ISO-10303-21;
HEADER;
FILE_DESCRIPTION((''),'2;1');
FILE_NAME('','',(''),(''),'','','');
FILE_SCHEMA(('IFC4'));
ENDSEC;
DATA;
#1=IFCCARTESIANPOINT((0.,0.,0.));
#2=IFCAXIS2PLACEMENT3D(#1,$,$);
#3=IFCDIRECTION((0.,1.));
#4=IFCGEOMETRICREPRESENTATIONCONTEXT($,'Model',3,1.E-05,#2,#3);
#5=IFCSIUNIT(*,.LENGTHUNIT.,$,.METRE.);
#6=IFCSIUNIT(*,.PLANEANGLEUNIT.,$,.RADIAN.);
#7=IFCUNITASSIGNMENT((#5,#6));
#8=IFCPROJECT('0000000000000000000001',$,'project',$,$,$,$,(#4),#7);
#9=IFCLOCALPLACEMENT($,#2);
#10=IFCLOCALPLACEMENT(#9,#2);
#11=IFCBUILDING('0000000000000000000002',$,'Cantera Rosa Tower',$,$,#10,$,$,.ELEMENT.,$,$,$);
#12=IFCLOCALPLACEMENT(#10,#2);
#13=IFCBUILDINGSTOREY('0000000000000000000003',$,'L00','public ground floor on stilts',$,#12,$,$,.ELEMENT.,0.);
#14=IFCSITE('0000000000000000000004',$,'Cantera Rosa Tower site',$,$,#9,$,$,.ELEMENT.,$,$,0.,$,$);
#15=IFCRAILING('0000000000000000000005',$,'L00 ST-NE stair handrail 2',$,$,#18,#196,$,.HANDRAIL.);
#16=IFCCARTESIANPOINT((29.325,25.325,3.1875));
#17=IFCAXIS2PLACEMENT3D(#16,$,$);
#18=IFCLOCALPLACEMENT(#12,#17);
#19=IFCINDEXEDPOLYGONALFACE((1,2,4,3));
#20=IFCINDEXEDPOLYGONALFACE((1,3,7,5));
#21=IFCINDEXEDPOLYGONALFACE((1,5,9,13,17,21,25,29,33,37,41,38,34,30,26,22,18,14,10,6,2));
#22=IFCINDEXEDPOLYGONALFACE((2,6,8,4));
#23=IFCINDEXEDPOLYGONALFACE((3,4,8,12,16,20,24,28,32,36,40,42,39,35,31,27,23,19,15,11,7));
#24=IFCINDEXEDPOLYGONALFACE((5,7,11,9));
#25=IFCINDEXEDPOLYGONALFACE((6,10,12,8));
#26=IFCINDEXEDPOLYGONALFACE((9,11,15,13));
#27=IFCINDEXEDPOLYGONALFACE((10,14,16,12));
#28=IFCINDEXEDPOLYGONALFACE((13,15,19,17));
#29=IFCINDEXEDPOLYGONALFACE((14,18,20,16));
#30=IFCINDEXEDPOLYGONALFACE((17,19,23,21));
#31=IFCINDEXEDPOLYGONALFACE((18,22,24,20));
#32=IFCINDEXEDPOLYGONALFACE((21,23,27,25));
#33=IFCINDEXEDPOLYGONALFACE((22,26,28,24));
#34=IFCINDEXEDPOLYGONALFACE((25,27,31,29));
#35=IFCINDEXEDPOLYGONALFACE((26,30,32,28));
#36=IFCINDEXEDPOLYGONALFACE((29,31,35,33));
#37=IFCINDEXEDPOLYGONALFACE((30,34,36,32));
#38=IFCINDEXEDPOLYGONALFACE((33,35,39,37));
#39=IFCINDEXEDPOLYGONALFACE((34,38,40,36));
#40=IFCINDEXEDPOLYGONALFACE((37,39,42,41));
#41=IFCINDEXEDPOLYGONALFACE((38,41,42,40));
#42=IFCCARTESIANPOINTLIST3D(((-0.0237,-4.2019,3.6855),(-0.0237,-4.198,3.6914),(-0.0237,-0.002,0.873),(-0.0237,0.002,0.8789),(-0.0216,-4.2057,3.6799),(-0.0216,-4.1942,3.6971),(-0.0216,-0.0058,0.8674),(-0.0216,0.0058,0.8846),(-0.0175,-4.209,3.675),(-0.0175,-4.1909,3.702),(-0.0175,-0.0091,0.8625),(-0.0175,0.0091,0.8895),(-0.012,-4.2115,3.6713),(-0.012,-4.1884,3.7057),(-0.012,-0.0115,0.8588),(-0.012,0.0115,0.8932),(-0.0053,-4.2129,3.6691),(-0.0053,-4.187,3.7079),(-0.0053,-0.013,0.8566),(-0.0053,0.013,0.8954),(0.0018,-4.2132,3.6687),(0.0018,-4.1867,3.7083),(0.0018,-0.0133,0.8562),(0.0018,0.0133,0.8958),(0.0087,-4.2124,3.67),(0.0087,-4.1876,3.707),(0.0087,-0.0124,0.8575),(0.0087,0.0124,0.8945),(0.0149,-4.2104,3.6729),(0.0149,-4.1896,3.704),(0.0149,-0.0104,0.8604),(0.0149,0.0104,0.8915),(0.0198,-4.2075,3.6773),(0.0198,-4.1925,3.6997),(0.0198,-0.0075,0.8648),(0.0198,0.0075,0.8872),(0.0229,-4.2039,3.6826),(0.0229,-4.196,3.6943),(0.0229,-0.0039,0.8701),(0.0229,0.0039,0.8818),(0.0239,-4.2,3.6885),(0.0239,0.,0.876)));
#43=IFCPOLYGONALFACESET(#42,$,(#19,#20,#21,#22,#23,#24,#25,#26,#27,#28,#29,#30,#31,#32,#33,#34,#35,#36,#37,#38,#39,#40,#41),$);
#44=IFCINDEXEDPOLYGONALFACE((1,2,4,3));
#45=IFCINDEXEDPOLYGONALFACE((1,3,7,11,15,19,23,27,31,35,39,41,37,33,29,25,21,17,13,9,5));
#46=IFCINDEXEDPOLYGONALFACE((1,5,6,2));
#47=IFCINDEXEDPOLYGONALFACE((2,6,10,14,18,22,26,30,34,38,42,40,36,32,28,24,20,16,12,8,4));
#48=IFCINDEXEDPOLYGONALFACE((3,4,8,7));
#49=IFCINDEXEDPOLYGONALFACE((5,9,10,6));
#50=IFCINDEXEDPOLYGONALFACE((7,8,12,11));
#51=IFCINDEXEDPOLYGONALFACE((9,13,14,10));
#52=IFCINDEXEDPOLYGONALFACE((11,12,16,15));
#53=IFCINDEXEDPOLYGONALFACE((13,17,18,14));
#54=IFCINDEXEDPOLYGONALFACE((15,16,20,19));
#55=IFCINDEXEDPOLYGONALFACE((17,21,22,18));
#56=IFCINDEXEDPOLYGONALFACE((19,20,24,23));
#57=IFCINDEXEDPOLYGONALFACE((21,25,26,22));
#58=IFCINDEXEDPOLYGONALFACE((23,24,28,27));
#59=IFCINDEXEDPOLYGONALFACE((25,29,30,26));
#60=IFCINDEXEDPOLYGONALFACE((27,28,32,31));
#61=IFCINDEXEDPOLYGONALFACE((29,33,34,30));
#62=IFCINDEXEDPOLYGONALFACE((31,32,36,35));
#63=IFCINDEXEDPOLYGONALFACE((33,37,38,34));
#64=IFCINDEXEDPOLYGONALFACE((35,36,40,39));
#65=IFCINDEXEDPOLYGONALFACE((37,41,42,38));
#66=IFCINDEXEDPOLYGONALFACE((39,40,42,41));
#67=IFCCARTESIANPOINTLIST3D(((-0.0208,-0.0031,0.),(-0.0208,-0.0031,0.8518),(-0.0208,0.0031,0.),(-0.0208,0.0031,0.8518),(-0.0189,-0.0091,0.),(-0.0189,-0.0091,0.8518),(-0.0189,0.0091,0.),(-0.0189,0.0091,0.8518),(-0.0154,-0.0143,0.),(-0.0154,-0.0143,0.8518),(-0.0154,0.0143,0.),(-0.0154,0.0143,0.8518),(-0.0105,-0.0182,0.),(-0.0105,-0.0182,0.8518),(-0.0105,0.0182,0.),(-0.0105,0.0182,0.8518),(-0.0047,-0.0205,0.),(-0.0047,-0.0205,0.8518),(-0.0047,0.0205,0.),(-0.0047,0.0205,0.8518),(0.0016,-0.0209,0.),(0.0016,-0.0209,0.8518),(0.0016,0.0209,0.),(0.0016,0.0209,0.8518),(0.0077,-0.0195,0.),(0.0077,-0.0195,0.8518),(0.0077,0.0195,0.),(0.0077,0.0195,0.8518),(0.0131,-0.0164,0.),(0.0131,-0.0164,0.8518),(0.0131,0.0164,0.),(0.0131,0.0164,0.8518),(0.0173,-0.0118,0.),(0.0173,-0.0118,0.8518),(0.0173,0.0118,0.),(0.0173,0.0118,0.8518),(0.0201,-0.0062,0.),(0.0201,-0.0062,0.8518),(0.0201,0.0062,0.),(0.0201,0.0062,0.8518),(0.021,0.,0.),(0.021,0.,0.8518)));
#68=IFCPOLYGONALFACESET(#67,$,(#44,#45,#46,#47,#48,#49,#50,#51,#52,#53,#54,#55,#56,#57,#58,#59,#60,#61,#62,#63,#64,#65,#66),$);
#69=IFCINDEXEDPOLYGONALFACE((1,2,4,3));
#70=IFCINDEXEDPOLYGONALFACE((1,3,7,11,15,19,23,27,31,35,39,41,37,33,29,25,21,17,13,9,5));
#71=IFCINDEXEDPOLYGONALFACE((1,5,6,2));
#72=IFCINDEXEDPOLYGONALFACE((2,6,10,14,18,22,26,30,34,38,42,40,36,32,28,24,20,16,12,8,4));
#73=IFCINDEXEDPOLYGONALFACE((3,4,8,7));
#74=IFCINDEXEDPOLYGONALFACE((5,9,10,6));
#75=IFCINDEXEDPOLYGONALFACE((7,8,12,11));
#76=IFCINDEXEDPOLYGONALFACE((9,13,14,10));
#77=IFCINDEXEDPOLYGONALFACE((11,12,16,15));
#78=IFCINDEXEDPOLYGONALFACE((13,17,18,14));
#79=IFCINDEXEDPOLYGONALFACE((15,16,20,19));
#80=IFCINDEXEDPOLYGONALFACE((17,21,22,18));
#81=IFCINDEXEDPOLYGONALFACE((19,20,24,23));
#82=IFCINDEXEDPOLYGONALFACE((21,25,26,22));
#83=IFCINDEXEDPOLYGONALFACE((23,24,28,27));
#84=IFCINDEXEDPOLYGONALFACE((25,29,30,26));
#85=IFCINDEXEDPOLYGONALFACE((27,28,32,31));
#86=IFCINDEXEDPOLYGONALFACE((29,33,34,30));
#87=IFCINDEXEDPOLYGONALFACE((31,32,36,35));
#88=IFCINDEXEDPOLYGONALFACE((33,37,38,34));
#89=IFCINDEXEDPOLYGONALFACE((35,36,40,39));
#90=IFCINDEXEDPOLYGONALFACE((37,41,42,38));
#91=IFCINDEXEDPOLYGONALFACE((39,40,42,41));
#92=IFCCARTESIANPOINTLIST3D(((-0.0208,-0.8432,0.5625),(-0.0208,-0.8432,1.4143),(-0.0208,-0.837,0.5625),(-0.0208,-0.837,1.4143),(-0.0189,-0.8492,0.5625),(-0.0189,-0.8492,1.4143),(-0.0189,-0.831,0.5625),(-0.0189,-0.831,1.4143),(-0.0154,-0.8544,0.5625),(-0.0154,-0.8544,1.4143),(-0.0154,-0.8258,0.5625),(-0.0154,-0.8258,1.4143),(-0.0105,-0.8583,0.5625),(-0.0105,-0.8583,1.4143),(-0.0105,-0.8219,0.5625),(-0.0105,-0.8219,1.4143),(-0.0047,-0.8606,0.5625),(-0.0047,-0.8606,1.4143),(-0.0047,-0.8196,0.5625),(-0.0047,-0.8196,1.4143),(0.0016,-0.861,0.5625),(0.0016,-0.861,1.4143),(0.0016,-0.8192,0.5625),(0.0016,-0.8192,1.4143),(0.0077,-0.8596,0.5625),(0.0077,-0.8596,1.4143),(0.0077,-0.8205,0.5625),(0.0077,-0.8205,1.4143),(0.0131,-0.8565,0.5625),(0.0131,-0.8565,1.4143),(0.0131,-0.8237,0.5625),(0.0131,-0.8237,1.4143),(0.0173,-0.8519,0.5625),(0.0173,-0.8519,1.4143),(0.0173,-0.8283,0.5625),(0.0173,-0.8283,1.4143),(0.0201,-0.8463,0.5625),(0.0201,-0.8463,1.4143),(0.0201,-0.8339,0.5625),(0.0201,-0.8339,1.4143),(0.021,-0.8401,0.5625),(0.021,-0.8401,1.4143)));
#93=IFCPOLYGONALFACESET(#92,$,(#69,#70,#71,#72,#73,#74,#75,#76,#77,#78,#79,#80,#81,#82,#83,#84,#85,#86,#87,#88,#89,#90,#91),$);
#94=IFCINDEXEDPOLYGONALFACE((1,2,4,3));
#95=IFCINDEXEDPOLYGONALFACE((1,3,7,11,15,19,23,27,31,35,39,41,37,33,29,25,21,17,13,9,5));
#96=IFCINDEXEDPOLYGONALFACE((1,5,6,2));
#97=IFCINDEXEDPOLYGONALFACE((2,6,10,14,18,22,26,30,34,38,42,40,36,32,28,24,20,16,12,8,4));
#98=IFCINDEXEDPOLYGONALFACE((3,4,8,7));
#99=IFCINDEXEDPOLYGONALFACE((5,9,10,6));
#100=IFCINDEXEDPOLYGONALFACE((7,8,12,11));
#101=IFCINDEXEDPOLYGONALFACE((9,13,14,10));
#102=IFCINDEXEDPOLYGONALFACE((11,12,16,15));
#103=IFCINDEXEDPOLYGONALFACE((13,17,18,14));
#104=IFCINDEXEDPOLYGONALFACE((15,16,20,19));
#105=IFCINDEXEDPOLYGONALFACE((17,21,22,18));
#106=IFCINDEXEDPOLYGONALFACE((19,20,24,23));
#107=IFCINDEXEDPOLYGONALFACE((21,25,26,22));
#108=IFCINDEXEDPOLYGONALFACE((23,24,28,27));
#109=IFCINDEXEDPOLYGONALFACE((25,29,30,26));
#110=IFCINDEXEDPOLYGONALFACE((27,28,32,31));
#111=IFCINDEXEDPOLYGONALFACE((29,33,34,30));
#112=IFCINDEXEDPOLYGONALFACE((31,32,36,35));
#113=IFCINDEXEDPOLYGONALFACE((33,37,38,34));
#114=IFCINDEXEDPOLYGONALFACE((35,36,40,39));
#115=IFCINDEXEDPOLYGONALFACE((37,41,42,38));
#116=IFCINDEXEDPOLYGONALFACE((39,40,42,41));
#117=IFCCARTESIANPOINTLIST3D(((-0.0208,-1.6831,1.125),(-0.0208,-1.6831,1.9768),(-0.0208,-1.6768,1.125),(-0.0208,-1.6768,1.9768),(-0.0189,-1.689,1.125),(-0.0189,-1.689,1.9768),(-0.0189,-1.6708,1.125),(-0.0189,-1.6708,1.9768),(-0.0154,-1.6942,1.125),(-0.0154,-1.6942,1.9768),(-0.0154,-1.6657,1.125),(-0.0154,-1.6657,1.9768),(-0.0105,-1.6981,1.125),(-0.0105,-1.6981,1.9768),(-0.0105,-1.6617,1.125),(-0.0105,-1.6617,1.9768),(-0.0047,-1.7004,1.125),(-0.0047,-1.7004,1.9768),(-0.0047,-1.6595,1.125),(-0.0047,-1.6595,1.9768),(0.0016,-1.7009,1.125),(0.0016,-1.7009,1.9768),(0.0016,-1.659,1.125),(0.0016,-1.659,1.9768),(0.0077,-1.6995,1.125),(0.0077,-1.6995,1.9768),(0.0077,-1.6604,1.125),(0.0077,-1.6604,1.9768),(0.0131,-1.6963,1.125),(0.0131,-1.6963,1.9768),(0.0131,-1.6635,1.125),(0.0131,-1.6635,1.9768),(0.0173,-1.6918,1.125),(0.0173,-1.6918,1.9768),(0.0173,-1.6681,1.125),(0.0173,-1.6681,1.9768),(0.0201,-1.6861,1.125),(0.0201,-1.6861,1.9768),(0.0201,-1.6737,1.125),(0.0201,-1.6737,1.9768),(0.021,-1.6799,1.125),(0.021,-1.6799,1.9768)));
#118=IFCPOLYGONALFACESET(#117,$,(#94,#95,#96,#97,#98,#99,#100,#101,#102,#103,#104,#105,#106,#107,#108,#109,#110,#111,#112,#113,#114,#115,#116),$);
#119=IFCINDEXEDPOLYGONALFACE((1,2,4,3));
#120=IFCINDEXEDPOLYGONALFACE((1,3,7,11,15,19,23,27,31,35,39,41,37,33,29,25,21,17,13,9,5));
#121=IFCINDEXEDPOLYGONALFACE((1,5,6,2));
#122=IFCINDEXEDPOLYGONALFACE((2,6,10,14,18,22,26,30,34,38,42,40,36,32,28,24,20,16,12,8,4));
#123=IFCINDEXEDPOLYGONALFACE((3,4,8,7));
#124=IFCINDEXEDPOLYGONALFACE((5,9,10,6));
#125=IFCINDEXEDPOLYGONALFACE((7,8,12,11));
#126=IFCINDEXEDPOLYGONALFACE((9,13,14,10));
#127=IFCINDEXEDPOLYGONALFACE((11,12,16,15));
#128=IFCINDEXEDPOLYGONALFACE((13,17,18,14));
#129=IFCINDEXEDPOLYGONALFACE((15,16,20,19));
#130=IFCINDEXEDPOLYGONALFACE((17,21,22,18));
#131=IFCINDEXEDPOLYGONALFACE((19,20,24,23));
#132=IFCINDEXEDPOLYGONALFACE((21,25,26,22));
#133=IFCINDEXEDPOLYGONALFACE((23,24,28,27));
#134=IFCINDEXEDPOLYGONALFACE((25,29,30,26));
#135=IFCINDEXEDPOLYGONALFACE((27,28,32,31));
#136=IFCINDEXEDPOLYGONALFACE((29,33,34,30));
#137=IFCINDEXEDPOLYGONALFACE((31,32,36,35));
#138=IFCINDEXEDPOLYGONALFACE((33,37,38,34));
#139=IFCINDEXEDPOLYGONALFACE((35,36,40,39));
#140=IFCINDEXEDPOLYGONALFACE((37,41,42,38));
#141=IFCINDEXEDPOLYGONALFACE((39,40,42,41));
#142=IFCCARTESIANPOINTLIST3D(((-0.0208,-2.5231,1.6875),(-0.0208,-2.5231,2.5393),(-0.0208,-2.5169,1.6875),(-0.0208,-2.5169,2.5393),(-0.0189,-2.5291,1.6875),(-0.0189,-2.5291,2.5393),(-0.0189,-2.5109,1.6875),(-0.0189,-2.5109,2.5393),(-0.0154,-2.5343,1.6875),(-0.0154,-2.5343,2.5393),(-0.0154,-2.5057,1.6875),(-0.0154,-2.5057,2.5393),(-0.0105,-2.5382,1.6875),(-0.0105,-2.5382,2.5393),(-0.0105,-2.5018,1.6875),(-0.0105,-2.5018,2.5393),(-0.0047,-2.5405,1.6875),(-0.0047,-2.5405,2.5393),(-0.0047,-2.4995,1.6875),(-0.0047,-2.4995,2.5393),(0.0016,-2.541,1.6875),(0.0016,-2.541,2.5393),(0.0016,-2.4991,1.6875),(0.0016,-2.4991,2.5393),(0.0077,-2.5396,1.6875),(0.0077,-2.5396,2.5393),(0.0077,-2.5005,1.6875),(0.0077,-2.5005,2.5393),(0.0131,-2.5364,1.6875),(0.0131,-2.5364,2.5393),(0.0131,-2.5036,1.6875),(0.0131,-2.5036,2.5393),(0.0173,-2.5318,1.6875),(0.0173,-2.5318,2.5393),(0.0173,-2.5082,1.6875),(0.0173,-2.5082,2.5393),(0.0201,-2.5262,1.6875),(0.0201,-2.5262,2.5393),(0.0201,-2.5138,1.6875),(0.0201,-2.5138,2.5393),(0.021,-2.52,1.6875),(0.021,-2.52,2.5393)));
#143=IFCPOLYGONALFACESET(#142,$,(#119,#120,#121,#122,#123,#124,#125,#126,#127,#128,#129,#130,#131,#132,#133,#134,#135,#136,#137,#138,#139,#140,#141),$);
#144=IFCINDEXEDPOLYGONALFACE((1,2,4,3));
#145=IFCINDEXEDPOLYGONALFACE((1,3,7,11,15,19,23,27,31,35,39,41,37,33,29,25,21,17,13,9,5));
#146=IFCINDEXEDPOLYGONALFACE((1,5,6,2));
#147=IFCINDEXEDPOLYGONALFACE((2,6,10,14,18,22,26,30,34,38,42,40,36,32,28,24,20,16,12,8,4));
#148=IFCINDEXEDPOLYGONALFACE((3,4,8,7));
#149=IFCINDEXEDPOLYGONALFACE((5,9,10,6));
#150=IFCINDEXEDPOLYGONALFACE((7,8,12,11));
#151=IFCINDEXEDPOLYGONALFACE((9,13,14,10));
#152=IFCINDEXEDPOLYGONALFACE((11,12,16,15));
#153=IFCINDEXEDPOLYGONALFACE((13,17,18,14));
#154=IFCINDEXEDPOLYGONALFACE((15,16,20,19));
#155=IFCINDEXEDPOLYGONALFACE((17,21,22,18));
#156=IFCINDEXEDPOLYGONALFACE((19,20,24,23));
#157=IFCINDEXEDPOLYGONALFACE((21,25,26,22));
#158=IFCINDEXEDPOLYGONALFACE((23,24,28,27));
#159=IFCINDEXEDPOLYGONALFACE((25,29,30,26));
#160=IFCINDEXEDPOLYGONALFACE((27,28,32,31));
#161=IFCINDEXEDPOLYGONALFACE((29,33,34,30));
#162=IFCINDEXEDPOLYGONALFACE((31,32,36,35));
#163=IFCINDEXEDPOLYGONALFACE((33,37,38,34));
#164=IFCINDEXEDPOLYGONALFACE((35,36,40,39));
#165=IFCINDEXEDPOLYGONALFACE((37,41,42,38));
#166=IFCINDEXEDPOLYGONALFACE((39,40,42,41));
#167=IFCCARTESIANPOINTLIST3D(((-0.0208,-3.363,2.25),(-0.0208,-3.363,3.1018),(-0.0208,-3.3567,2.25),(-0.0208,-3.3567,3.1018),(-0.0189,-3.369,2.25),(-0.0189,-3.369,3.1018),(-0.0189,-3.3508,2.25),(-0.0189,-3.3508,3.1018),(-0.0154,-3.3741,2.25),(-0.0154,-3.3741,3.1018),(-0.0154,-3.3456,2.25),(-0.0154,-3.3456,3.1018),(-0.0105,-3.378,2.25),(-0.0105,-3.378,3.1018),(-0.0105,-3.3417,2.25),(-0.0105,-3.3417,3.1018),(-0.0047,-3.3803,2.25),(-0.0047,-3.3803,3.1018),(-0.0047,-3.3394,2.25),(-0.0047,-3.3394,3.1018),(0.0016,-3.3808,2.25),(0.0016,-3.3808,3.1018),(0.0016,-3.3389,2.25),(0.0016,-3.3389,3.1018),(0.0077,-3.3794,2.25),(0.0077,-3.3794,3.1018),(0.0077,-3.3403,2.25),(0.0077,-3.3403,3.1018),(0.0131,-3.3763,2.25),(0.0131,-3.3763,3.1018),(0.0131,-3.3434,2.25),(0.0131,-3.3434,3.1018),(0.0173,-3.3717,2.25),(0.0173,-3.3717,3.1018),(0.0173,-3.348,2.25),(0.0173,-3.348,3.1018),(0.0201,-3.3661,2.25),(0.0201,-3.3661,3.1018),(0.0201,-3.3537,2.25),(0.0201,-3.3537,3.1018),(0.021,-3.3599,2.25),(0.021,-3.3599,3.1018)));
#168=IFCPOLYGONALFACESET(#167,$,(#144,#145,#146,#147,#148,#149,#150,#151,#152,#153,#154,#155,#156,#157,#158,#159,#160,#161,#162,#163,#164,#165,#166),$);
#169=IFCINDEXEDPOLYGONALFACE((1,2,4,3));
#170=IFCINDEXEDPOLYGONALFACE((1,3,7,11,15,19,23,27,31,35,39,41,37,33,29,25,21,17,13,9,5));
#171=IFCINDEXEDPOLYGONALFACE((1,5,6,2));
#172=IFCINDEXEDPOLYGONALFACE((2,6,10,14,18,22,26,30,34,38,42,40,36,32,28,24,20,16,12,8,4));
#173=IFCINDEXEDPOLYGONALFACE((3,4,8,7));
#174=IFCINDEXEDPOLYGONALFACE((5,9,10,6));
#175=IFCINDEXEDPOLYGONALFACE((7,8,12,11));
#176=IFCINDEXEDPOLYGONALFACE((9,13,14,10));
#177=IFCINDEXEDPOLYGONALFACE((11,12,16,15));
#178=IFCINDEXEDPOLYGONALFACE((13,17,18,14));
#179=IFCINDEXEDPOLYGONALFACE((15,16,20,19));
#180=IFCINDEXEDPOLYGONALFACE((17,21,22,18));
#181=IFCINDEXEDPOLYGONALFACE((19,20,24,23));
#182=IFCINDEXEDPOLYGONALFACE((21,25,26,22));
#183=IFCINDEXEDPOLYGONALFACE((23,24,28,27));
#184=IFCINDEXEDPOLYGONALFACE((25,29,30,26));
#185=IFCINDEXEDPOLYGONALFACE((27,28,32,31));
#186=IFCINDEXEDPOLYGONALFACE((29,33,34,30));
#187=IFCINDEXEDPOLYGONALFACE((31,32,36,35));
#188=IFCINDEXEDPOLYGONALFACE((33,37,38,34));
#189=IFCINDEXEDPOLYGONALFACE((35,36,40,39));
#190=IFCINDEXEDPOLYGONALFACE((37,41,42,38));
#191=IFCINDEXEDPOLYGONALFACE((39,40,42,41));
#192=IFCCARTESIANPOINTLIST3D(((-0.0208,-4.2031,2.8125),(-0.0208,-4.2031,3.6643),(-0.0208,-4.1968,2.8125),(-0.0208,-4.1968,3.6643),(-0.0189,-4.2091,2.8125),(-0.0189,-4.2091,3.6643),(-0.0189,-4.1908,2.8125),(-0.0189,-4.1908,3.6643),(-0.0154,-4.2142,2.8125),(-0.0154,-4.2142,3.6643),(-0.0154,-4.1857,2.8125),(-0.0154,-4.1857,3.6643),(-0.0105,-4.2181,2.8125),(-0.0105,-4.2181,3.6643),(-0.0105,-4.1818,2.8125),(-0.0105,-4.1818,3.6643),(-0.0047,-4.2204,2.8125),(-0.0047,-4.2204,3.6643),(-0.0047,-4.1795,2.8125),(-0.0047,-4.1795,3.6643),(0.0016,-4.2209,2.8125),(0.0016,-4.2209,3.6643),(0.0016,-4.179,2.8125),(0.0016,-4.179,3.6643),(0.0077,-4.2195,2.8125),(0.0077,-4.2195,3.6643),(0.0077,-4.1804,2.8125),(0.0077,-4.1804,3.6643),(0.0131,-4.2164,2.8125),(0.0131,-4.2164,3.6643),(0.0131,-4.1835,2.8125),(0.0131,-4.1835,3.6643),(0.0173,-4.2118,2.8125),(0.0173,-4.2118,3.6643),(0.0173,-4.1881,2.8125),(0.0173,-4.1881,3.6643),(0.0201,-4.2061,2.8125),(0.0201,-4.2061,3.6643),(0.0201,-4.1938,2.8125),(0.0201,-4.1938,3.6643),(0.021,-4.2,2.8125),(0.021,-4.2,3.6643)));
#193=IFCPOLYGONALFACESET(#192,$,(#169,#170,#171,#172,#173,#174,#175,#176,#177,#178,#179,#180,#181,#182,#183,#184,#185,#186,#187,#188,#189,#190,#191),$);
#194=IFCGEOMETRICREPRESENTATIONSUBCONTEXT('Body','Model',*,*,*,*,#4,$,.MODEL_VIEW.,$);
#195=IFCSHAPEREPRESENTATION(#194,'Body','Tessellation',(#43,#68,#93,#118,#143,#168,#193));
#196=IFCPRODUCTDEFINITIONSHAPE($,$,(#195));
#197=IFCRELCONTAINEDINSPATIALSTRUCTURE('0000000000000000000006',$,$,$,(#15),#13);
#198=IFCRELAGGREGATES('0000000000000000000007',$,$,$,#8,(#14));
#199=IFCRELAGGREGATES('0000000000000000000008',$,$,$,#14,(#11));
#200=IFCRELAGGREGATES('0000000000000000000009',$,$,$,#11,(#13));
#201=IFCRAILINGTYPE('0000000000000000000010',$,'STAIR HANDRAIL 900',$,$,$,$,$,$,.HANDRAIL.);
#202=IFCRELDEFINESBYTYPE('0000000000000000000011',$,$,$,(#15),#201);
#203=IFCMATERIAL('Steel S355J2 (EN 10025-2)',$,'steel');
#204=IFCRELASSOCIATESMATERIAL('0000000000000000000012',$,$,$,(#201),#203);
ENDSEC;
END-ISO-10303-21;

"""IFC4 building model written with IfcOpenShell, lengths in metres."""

from ifc_helpers import new_model, si_unit, direction, frame, origin, origin_2d, place, context, subcontext, project, spatial, circle, extrude, material, type_object, element, save


model = new_model("IFC4")

# Units and contexts
model_context = context("Model", 3, precision=1e-05, world=origin(), true_north=direction((0.0, 1.0)))
body_context = subcontext(model_context, "Body", "Model", "MODEL_VIEW")
ifc_project = project(units=[si_unit("LENGTHUNIT", "METRE"), si_unit("PLANEANGLEUNIT", "RADIAN")], contexts=[model_context])

# Site, building, storey
site_placement = place(None, origin())
site = spatial("IfcSite", under=ifc_project, at=site_placement, Name="Cantera Rosa Tower site", CompositionType="ELEMENT", RefElevation=0.0)
building_placement = place(site_placement, origin())
building = spatial("IfcBuilding", under=site, at=building_placement, Name="Cantera Rosa Tower", CompositionType="ELEMENT")
storey_placement = place(building_placement, origin())
storey = spatial("IfcBuildingStorey", under=building, at=storey_placement, Name="L00", Description="public ground floor on stilts", CompositionType="ELEMENT", Elevation=0.0)

# Railing
ifc_material_1 = material(Name="Steel S355J2 (EN 10025-2)", Category="steel")
railing_type_1 = type_object("IfcRailingType", Name="STAIR HANDRAIL 900", PredefinedType="HANDRAIL", material=ifc_material_1)
for number, where, name in (
    (1, (29.325, 25.325, 3.1875), "L00 ST-NE stair handrail 2"),
):
    element("IfcRailing", number, at=place(storey_placement, frame(where)), inside=storey, type_object=railing_type_1, Name=name, PredefinedType="HANDRAIL", context=body_context, shape_type="SweptSolid", body=[
        extrude(circle(Radius=0.0239, at=origin_2d()), frame((0.0, 0.0, 0.876), z_axis=(0.0, -0.830904, 0.556416), x_axis=(1.0, 0.0, 0.0)), (0.0, 0.0, 1.0), 5.0547),
        extrude(circle(Radius=0.021, at=origin_2d()), origin(), (0.0, 0.0, 1.0), 0.8518),
        extrude(circle(Radius=0.021, at=origin_2d()), frame((0.0, -0.8401, 0.5625)), (0.0, 0.0, 1.0), 0.8518),
        extrude(circle(Radius=0.021, at=origin_2d()), frame((0.0, -1.6799, 1.125)), (0.0, 0.0, 1.0), 0.8518),
        extrude(circle(Radius=0.021, at=origin_2d()), frame((0.0, -2.52, 1.6875)), (0.0, 0.0, 1.0), 0.8518),
        extrude(circle(Radius=0.021, at=origin_2d()), frame((0.0, -3.3599, 2.25)), (0.0, 0.0, 1.0), 0.8518),
        extrude(circle(Radius=0.021, at=origin_2d()), frame((0.0, -4.2, 2.8125)), (0.0, 0.0, 1.0), 0.8518),
    ])

save(model, "model.ifc")
